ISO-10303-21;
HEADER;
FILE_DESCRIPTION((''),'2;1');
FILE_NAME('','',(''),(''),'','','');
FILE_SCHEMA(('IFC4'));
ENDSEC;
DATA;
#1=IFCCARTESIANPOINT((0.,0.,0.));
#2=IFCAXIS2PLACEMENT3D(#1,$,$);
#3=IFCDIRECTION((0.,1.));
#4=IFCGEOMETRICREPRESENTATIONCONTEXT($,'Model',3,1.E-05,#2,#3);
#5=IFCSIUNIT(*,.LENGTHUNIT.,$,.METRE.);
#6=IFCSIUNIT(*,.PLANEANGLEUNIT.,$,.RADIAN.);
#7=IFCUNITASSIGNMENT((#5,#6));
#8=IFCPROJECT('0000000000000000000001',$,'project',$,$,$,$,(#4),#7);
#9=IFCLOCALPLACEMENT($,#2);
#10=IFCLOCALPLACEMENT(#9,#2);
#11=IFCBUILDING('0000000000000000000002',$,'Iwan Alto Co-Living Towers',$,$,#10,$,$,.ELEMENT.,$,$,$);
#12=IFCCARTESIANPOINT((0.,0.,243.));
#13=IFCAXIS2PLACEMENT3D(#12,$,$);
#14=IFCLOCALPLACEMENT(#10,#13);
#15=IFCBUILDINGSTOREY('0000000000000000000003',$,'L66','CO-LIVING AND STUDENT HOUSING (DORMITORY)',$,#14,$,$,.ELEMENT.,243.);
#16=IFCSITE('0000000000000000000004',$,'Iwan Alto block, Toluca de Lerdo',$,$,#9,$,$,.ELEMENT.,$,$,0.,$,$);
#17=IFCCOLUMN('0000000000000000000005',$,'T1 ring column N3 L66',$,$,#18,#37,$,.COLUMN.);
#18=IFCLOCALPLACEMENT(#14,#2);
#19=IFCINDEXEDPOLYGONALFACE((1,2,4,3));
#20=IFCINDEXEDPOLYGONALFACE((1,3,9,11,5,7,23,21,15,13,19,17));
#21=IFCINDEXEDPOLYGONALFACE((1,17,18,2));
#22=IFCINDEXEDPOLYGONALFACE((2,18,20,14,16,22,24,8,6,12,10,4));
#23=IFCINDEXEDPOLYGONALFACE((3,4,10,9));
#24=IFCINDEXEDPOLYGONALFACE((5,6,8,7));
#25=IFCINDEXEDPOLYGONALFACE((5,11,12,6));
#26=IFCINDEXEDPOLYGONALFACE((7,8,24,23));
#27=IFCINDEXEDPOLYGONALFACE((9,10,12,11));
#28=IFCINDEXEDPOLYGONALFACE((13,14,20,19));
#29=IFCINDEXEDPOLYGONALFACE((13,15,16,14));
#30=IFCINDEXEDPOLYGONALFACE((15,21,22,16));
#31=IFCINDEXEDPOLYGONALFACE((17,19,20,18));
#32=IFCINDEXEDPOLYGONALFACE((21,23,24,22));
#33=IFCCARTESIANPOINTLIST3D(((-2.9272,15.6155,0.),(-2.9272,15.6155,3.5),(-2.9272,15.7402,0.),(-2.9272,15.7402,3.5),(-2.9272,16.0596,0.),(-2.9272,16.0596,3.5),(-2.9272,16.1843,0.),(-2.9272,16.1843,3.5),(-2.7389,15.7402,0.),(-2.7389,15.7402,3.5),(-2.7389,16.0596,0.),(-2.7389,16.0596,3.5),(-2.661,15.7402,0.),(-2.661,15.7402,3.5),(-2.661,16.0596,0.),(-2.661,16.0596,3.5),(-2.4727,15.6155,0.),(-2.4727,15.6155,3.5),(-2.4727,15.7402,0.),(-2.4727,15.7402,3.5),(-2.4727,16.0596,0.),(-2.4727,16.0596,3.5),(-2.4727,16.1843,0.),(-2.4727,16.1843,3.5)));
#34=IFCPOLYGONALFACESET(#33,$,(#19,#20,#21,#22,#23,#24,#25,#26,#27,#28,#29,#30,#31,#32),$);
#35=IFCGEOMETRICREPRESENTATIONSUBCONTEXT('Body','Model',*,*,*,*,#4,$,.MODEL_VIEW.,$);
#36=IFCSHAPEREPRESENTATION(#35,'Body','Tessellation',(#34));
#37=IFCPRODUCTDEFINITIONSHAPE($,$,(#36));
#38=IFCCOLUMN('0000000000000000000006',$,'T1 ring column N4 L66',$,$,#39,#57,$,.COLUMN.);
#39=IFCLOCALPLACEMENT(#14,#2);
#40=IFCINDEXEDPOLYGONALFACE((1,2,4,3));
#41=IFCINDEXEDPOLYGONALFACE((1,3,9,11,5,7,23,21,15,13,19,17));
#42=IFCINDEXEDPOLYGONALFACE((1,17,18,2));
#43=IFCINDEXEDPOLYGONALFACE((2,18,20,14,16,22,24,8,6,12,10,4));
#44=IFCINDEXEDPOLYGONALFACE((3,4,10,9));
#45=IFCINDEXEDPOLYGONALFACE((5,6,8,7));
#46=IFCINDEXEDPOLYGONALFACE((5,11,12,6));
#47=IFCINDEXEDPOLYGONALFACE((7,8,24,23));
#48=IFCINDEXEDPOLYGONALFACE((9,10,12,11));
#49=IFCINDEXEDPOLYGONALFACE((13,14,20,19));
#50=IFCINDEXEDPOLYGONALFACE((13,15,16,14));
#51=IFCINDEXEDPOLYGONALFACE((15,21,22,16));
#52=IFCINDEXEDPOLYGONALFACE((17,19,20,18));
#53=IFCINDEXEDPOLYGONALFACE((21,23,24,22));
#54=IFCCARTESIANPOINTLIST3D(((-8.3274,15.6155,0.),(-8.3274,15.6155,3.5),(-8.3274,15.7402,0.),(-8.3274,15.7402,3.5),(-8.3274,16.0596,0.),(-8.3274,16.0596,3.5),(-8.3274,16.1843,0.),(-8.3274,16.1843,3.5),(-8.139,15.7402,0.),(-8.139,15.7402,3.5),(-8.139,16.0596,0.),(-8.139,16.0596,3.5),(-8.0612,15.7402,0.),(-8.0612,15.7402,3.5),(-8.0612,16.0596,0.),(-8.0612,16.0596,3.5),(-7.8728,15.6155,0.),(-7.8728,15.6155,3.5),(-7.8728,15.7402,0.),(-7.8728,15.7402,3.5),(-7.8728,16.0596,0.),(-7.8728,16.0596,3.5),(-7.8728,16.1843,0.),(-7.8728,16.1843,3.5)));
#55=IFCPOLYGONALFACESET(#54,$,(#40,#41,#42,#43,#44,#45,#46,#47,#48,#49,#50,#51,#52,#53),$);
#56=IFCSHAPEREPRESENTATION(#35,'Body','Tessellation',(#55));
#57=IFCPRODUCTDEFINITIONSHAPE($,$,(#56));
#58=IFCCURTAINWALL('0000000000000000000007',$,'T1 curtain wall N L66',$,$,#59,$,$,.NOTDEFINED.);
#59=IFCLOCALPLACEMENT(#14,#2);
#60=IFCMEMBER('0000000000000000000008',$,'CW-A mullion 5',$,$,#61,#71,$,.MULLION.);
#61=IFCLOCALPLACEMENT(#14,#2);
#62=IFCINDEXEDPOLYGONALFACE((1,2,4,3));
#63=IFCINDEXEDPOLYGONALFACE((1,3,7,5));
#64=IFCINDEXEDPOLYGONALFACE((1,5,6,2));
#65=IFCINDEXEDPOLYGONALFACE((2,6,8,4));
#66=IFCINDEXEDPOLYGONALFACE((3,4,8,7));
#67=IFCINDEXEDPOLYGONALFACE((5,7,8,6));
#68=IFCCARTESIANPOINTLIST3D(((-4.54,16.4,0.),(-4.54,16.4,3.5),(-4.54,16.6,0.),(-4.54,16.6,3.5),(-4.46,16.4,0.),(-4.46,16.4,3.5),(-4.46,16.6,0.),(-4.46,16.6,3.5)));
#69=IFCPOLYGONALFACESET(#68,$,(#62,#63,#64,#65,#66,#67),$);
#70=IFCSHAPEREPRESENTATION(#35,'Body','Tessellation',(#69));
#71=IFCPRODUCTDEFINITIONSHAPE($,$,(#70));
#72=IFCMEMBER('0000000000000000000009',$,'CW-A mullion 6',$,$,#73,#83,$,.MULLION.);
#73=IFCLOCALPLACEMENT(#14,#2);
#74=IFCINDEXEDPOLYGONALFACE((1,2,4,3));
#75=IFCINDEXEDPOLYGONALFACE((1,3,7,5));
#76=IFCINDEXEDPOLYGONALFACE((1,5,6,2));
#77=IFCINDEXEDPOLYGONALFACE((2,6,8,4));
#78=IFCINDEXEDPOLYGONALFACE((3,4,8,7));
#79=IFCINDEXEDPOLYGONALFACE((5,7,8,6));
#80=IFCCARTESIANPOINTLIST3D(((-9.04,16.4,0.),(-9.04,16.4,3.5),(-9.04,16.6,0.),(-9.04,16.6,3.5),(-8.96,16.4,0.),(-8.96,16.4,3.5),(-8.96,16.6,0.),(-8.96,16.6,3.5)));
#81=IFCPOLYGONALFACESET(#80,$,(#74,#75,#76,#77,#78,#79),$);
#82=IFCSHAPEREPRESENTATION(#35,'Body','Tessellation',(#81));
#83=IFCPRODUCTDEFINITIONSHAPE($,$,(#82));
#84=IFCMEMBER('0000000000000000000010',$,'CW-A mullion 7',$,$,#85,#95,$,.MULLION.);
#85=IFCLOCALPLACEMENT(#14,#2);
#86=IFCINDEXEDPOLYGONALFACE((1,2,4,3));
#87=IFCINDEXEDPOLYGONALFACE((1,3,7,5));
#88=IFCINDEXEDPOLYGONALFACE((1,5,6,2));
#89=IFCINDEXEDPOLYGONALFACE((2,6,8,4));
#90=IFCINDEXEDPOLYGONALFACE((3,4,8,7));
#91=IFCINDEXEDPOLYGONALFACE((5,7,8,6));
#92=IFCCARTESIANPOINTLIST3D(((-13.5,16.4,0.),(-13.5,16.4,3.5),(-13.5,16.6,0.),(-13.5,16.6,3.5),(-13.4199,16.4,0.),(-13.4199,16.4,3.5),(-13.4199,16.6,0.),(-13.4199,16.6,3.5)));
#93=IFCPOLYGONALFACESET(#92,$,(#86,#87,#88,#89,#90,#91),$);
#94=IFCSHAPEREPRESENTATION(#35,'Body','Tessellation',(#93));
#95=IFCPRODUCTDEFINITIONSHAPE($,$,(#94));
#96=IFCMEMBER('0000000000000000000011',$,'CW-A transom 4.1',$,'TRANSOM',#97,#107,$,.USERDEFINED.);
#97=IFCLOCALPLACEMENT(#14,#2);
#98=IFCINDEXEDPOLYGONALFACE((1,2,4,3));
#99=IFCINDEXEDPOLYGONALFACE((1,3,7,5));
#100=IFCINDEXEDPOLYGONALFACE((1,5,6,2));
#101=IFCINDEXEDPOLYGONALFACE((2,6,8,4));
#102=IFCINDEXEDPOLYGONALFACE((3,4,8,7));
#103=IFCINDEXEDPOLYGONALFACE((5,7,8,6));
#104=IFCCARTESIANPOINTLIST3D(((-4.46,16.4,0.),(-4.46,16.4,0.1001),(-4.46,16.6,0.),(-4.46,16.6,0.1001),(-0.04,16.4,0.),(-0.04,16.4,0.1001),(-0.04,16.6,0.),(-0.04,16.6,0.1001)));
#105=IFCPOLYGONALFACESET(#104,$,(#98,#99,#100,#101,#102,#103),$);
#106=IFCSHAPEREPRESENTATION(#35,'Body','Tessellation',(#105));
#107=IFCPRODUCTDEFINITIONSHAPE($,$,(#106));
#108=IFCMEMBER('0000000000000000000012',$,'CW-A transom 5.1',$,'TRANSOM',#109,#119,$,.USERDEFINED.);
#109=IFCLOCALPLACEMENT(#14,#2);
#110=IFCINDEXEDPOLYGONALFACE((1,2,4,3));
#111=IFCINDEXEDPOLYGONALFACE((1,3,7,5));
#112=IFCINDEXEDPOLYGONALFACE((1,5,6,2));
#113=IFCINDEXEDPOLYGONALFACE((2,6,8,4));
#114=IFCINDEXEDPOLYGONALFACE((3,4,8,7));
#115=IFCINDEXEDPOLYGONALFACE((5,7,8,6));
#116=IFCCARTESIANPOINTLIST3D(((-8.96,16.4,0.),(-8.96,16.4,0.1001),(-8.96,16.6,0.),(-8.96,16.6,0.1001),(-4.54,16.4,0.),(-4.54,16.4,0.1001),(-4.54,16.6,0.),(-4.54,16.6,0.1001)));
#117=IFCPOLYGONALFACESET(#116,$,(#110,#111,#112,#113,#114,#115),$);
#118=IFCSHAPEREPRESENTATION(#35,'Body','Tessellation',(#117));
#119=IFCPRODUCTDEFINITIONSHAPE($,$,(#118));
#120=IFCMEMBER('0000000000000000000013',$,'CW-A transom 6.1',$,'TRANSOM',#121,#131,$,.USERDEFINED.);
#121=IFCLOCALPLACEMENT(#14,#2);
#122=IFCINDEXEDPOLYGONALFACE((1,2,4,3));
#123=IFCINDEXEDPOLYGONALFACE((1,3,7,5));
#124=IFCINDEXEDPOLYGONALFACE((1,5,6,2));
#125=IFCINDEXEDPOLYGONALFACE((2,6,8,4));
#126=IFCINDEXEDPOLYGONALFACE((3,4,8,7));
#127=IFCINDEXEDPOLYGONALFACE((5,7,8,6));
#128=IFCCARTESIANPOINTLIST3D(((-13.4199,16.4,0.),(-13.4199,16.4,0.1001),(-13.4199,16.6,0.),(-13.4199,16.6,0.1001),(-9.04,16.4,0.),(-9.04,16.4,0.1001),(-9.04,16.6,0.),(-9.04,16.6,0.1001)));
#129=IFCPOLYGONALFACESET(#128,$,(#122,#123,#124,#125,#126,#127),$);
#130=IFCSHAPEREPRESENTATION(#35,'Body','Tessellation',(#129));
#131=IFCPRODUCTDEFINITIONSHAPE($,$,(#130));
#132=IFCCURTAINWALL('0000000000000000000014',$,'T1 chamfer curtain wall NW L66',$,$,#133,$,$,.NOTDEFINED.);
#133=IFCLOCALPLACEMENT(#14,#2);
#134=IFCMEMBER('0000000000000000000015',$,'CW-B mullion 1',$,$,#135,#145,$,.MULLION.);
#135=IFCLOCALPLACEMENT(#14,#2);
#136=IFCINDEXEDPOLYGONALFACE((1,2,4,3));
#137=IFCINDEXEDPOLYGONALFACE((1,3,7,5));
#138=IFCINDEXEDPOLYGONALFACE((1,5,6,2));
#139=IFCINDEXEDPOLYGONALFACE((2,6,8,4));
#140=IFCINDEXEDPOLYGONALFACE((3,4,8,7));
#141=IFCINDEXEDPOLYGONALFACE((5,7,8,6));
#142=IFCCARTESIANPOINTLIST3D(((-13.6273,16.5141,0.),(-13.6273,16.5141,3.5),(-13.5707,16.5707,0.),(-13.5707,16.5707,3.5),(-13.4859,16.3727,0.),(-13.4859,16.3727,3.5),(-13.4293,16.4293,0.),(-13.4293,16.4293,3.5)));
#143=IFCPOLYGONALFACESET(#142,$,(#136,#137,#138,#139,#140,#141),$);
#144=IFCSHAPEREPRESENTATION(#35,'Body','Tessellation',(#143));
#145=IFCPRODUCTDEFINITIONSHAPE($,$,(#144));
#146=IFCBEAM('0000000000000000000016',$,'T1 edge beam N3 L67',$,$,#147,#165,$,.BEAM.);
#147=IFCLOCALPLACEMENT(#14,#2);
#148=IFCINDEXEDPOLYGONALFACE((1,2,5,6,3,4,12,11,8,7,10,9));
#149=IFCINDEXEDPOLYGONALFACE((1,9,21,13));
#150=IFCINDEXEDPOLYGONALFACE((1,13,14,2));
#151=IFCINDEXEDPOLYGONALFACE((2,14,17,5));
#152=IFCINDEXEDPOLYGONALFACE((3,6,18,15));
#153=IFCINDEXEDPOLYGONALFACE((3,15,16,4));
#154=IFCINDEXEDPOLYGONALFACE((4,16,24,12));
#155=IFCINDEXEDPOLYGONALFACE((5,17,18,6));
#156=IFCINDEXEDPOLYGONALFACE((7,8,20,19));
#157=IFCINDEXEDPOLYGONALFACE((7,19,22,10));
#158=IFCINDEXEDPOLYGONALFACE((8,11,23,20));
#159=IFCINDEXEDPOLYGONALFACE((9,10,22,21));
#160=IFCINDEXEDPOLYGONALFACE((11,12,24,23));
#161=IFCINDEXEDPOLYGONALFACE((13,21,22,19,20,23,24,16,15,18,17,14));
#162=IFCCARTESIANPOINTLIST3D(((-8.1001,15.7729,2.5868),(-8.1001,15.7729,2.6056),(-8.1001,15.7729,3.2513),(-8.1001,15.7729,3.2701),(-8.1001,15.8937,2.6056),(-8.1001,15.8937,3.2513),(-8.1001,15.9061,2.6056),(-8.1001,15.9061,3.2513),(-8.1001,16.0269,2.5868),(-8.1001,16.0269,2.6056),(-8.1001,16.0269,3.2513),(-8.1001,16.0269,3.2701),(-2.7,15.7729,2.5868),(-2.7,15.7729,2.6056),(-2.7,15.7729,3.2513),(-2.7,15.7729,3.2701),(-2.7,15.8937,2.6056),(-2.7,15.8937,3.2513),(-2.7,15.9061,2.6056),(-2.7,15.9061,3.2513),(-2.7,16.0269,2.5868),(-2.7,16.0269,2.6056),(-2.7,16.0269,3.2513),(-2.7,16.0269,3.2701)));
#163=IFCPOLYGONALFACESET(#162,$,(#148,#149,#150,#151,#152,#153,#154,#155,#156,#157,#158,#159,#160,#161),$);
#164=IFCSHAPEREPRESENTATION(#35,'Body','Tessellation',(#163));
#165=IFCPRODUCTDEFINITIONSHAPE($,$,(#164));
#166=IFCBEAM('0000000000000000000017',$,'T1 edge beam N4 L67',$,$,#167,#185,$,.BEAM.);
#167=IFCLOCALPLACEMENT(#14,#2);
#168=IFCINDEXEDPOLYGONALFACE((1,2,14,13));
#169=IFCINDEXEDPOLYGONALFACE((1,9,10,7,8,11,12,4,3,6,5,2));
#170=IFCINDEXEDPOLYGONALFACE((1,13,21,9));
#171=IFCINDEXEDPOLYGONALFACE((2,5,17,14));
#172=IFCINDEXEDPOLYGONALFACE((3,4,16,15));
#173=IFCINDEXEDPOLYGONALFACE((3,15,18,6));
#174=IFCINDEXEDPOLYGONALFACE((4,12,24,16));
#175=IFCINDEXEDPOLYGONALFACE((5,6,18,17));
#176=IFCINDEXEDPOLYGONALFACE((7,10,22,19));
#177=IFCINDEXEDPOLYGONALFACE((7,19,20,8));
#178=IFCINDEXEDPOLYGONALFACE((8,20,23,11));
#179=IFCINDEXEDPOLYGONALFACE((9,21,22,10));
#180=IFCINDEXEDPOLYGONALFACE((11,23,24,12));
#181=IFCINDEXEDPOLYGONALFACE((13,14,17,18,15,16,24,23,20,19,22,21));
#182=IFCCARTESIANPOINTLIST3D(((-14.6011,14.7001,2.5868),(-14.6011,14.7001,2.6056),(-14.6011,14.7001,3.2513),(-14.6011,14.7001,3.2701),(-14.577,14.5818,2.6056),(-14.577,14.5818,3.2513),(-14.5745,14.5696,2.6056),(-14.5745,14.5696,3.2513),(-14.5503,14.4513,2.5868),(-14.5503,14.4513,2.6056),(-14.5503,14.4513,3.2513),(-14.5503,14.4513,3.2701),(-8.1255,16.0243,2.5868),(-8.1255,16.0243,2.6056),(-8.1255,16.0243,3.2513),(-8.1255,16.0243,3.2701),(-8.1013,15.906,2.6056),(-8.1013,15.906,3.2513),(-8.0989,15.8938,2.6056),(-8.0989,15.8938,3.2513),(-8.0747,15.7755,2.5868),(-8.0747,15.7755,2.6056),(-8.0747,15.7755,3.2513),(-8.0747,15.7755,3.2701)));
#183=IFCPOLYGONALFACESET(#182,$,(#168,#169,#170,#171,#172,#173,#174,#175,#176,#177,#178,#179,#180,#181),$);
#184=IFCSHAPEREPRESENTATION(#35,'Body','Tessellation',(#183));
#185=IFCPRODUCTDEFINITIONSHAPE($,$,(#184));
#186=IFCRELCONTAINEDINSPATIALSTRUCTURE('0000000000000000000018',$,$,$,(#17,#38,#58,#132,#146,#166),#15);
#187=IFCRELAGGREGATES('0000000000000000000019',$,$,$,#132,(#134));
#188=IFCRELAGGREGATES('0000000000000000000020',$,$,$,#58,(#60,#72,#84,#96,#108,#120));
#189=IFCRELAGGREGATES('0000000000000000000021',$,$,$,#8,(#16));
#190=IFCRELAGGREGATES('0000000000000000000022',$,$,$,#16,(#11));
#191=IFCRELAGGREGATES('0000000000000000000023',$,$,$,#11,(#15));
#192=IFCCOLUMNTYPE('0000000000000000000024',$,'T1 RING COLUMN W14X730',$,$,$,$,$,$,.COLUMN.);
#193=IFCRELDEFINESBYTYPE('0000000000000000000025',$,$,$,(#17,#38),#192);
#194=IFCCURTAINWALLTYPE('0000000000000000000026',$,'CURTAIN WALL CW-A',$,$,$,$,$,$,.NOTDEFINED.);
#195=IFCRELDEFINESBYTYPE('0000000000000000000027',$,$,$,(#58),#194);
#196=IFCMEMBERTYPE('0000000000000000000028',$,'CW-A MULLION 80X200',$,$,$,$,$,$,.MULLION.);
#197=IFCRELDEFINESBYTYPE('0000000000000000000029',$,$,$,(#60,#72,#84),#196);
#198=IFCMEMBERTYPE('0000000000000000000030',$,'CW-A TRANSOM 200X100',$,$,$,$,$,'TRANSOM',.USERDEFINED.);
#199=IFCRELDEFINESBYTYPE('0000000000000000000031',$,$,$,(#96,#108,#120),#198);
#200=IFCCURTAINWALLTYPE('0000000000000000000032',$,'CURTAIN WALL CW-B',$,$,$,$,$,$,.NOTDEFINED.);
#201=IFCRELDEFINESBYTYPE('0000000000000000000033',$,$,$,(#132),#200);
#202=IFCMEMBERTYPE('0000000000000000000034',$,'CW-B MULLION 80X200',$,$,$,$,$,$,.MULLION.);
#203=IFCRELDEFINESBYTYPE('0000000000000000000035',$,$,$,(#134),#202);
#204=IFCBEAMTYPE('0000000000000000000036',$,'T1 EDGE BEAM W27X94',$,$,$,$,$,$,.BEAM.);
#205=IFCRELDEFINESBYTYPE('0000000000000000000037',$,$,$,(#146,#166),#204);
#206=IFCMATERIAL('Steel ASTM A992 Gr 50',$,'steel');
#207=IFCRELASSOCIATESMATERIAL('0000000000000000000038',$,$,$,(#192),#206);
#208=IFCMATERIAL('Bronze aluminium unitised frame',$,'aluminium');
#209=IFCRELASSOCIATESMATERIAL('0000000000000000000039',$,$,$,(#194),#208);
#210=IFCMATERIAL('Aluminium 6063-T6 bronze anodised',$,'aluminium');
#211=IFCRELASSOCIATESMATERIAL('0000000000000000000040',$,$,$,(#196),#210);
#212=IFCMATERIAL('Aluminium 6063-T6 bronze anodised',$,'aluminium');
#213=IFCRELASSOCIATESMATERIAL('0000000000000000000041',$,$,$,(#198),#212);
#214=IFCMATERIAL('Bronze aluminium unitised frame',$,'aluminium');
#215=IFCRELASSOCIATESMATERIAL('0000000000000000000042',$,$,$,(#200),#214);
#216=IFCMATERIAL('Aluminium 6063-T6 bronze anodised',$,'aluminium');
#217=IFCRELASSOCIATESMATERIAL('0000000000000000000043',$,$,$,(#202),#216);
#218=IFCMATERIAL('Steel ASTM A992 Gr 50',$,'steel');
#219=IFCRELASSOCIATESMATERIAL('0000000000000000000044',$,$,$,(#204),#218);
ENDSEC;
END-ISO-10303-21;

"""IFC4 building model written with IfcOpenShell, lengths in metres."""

from ifc_helpers import new_model, si_unit, direction, frame, origin, origin_2d, place, context, subcontext, project, spatial, rectangle, i_section, extrude, material, material_profile, profile_set, type_object, element, aggregate, save


model = new_model("IFC4")

# Units and contexts
model_context = context("Model", 3, precision=1e-05, world=origin(), true_north=direction((0.0, 1.0)))
body_context = subcontext(model_context, "Body", "Model", "MODEL_VIEW")
ifc_project = project(units=[si_unit("LENGTHUNIT", "METRE"), si_unit("PLANEANGLEUNIT", "RADIAN")], contexts=[model_context])

# Site, building, storey
site_placement = place(None, origin())
site = spatial("IfcSite", under=ifc_project, at=site_placement, Name="Iwan Alto block, Toluca de Lerdo", CompositionType="ELEMENT", RefElevation=0.0)
building_placement = place(site_placement, origin())
building = spatial("IfcBuilding", under=site, at=building_placement, Name="Iwan Alto Co-Living Towers", CompositionType="ELEMENT")
storey_placement = place(building_placement, frame((0.0, 0.0, 243.0)))
storey = spatial("IfcBuildingStorey", under=building, at=storey_placement, Name="L66", Description="CO-LIVING AND STUDENT HOUSING (DORMITORY)", CompositionType="ELEMENT", Elevation=243.0)

# Columns
ifc_material_1 = material(Name="Steel ASTM A992 Gr 50", Category="steel")
ifc_material_profile_1 = material_profile(ifc_material_1, i_section(OverallWidth=0.4546, OverallDepth=0.5688, WebThickness=0.0779, FlangeThickness=0.1248, at=origin_2d()), Name="W14X730")
ifc_profile_set_1 = profile_set([ifc_material_profile_1], Name="Steel ASTM A992 Gr 50")
column_type = type_object("IfcColumnType", Name="T1 RING COLUMN W14X730", PredefinedType="COLUMN", material=ifc_profile_set_1)
for number, where, z_axis, x_axis, name in (
    (1, (-2.7, 15.8999, 0.0), (0.0, 0.0, 1.0), (1.0, 0.0, 0.0), "T1 ring column N3 L66"),
    (2, (-8.1001, 15.8999, 0.0), (0.0, 0.0, 1.0), (1.0, 0.0, 0.0), "T1 ring column N4 L66"),
):
    element("IfcColumn", number, at=place(storey_placement, frame(where, z_axis=z_axis, x_axis=x_axis)), inside=storey, type_object=column_type, Name=name, PredefinedType="COLUMN", context=body_context, shape_type="SweptSolid", body=[
        extrude(i_section(OverallWidth=0.4546, OverallDepth=0.5688, WebThickness=0.0779, FlangeThickness=0.1248, at=origin_2d()), origin(), (0.0, 0.0, 1.0), 3.5),
    ])

# Curtain wall, members
ifc_material_2 = material(Name="Bronze aluminium unitised frame", Category="aluminium")
curtain_wall_type_1 = type_object("IfcCurtainWallType", Name="CURTAIN WALL CW-A", PredefinedType="NOTDEFINED", material=ifc_material_2)
curtain_wall_1_placement = place(storey_placement, origin())
curtain_wall_1 = element("IfcCurtainWall", 3, at=curtain_wall_1_placement, inside=storey, type_object=curtain_wall_type_1, Name="T1 curtain wall N L66", PredefinedType="NOTDEFINED")
ifc_material_3 = material(Name="Aluminium 6063-T6 bronze anodised", Category="aluminium")
ifc_material_profile_2 = material_profile(ifc_material_3, rectangle(XDim=0.2, YDim=0.0801, at=origin_2d()), Name="AL 80X200")
ifc_profile_set_2 = profile_set([ifc_material_profile_2], Name="Aluminium 6063-T6 bronze anodised")
member_type_1 = type_object("IfcMemberType", Name="CW-A MULLION 80X200", PredefinedType="MULLION", material=ifc_profile_set_2)
member_1_placement = place(storey_placement, frame((-4.5, 16.5, 0.0), z_axis=(0.0, 0.0, 1.0), x_axis=(0.0, -1.0, 0.0)))
member_1 = element("IfcMember", 4, at=member_1_placement, type_object=member_type_1, Name="CW-A mullion 5", PredefinedType="MULLION", context=body_context, shape_type="SweptSolid", body=[
    extrude(rectangle(XDim=0.2, YDim=0.0801, at=origin_2d()), origin(), (0.0, 0.0, 1.0), 3.5),
])
member_2_placement = place(storey_placement, frame((-9.0, 16.5, 0.0), z_axis=(0.0, 0.0, 1.0), x_axis=(0.0, -1.0, 0.0)))
member_2 = element("IfcMember", 5, at=member_2_placement, type_object=member_type_1, Name="CW-A mullion 6", PredefinedType="MULLION", context=body_context, shape_type="SweptSolid", body=[
    extrude(rectangle(XDim=0.2, YDim=0.0801, at=origin_2d()), origin(), (0.0, 0.0, 1.0), 3.5),
])
member_3_placement = place(storey_placement, frame((-13.46, 16.5, 0.0), z_axis=(0.0, 0.0, 1.0), x_axis=(0.0, -1.0, 0.0)))
member_3 = element("IfcMember", 6, at=member_3_placement, type_object=member_type_1, Name="CW-A mullion 7", PredefinedType="MULLION", context=body_context, shape_type="SweptSolid", body=[
    extrude(rectangle(XDim=0.2, YDim=0.0801, at=origin_2d()), origin(), (0.0, 0.0, 1.0), 3.5),
])
ifc_material_4 = material(Name="Aluminium 6063-T6 bronze anodised", Category="aluminium")
ifc_material_profile_3 = material_profile(ifc_material_4, rectangle(XDim=0.2, YDim=0.1001, at=origin_2d()), Name="AL 200X100")
ifc_profile_set_3 = profile_set([ifc_material_profile_3], Name="Aluminium 6063-T6 bronze anodised")
member_type_2 = type_object("IfcMemberType", Name="CW-A TRANSOM 200X100", ElementType="TRANSOM", PredefinedType="USERDEFINED", material=ifc_profile_set_3)
member_4_placement = place(storey_placement, frame((-0.04, 16.5, 0.05), z_axis=(-1.0, 0.0, 0.0), x_axis=(0.0, -1.0, 0.0)))
member_4 = element("IfcMember", 7, at=member_4_placement, type_object=member_type_2, Name="CW-A transom 4.1", ObjectType="TRANSOM", PredefinedType="USERDEFINED", context=body_context, shape_type="SweptSolid", body=[
    extrude(rectangle(XDim=0.2, YDim=0.1001, at=origin_2d()), origin(), (0.0, 0.0, 1.0), 4.4199),
])
member_5_placement = place(storey_placement, frame((-4.54, 16.5, 0.05), z_axis=(-1.0, 0.0, 0.0), x_axis=(0.0, -1.0, 0.0)))
member_5 = element("IfcMember", 8, at=member_5_placement, type_object=member_type_2, Name="CW-A transom 5.1", ObjectType="TRANSOM", PredefinedType="USERDEFINED", context=body_context, shape_type="SweptSolid", body=[
    extrude(rectangle(XDim=0.2, YDim=0.1001, at=origin_2d()), origin(), (0.0, 0.0, 1.0), 4.4199),
])
member_6_placement = place(storey_placement, frame((-9.04, 16.5, 0.05), z_axis=(-1.0, 0.0, 0.0), x_axis=(0.0, -1.0, 0.0)))
member_6 = element("IfcMember", 9, at=member_6_placement, type_object=member_type_2, Name="CW-A transom 6.1", ObjectType="TRANSOM", PredefinedType="USERDEFINED", context=body_context, shape_type="SweptSolid", body=[
    extrude(rectangle(XDim=0.2, YDim=0.1001, at=origin_2d()), origin(), (0.0, 0.0, 1.0), 4.3799),
])

# Curtain wall, member
ifc_material_5 = material(Name="Bronze aluminium unitised frame", Category="aluminium")
curtain_wall_type_2 = type_object("IfcCurtainWallType", Name="CURTAIN WALL CW-B", PredefinedType="NOTDEFINED", material=ifc_material_5)
curtain_wall_2_placement = place(storey_placement, origin())
curtain_wall_2 = element("IfcCurtainWall", 10, at=curtain_wall_2_placement, inside=storey, type_object=curtain_wall_type_2, Name="T1 chamfer curtain wall NW L66", PredefinedType="NOTDEFINED")
ifc_material_6 = material(Name="Aluminium 6063-T6 bronze anodised", Category="aluminium")
ifc_material_profile_4 = material_profile(ifc_material_6, rectangle(XDim=0.2, YDim=0.0801, at=origin_2d()), Name="AL 80X200")
ifc_profile_set_4 = profile_set([ifc_material_profile_4], Name="Aluminium 6063-T6 bronze anodised")
member_type_3 = type_object("IfcMemberType", Name="CW-B MULLION 80X200", PredefinedType="MULLION", material=ifc_profile_set_4)
member_7_placement = place(storey_placement, frame((-13.5283, 16.4717, 0.0), z_axis=(0.0, 0.0, 1.0), x_axis=(0.707107, -0.707107, 0.0)))
member_7 = element("IfcMember", 11, at=member_7_placement, type_object=member_type_3, Name="CW-B mullion 1", PredefinedType="MULLION", context=body_context, shape_type="SweptSolid", body=[
    extrude(rectangle(XDim=0.2, YDim=0.0801, at=origin_2d()), origin(), (0.0, 0.0, 1.0), 3.5),
])
aggregate(curtain_wall_2, [member_7])

# Beams
ifc_material_7 = material(Name="Steel ASTM A992 Gr 50", Category="steel")
ifc_material_profile_5 = material_profile(ifc_material_7, i_section(OverallWidth=0.2539, OverallDepth=0.6833, WebThickness=0.0125, FlangeThickness=0.0188, at=origin_2d()), Name="W27X94")
ifc_profile_set_5 = profile_set([ifc_material_profile_5], Name="Steel ASTM A992 Gr 50")
beam_type_1 = type_object("IfcBeamType", Name="T1 EDGE BEAM W27X94", PredefinedType="BEAM", material=ifc_profile_set_5)
beam_1_placement = place(storey_placement, frame((-2.7, 15.8999, 2.9285), z_axis=(-1.0, 0.0, 0.0), x_axis=(0.0, -1.0, 0.0)))
element("IfcBeam", 12, at=beam_1_placement, inside=storey, type_object=beam_type_1, Name="T1 edge beam N3 L67", PredefinedType="BEAM", context=body_context, shape_type="SweptSolid", body=[
    extrude(i_section(OverallWidth=0.2539, OverallDepth=0.6833, WebThickness=0.0125, FlangeThickness=0.0188, at=origin_2d()), origin(), (0.0, 0.0, 1.0), 5.4001),
])
beam_2_placement = place(storey_placement, frame((-8.1001, 15.8999, 2.9285), z_axis=(-0.979725, -0.200348, 0.0), x_axis=(0.200348, -0.979725, 0.0)))
element("IfcBeam", 13, at=beam_2_placement, inside=storey, type_object=beam_type_1, Name="T1 edge beam N4 L67", PredefinedType="BEAM", context=body_context, shape_type="SweptSolid", body=[
    extrude(i_section(OverallWidth=0.2539, OverallDepth=0.6833, WebThickness=0.0125, FlangeThickness=0.0188, at=origin_2d()), origin(), (0.0, 0.0, 1.0), 6.6096),
])

aggregate(curtain_wall_1, [member_1, member_2, member_3, member_4, member_5, member_6])

save(model, "model.ifc")
